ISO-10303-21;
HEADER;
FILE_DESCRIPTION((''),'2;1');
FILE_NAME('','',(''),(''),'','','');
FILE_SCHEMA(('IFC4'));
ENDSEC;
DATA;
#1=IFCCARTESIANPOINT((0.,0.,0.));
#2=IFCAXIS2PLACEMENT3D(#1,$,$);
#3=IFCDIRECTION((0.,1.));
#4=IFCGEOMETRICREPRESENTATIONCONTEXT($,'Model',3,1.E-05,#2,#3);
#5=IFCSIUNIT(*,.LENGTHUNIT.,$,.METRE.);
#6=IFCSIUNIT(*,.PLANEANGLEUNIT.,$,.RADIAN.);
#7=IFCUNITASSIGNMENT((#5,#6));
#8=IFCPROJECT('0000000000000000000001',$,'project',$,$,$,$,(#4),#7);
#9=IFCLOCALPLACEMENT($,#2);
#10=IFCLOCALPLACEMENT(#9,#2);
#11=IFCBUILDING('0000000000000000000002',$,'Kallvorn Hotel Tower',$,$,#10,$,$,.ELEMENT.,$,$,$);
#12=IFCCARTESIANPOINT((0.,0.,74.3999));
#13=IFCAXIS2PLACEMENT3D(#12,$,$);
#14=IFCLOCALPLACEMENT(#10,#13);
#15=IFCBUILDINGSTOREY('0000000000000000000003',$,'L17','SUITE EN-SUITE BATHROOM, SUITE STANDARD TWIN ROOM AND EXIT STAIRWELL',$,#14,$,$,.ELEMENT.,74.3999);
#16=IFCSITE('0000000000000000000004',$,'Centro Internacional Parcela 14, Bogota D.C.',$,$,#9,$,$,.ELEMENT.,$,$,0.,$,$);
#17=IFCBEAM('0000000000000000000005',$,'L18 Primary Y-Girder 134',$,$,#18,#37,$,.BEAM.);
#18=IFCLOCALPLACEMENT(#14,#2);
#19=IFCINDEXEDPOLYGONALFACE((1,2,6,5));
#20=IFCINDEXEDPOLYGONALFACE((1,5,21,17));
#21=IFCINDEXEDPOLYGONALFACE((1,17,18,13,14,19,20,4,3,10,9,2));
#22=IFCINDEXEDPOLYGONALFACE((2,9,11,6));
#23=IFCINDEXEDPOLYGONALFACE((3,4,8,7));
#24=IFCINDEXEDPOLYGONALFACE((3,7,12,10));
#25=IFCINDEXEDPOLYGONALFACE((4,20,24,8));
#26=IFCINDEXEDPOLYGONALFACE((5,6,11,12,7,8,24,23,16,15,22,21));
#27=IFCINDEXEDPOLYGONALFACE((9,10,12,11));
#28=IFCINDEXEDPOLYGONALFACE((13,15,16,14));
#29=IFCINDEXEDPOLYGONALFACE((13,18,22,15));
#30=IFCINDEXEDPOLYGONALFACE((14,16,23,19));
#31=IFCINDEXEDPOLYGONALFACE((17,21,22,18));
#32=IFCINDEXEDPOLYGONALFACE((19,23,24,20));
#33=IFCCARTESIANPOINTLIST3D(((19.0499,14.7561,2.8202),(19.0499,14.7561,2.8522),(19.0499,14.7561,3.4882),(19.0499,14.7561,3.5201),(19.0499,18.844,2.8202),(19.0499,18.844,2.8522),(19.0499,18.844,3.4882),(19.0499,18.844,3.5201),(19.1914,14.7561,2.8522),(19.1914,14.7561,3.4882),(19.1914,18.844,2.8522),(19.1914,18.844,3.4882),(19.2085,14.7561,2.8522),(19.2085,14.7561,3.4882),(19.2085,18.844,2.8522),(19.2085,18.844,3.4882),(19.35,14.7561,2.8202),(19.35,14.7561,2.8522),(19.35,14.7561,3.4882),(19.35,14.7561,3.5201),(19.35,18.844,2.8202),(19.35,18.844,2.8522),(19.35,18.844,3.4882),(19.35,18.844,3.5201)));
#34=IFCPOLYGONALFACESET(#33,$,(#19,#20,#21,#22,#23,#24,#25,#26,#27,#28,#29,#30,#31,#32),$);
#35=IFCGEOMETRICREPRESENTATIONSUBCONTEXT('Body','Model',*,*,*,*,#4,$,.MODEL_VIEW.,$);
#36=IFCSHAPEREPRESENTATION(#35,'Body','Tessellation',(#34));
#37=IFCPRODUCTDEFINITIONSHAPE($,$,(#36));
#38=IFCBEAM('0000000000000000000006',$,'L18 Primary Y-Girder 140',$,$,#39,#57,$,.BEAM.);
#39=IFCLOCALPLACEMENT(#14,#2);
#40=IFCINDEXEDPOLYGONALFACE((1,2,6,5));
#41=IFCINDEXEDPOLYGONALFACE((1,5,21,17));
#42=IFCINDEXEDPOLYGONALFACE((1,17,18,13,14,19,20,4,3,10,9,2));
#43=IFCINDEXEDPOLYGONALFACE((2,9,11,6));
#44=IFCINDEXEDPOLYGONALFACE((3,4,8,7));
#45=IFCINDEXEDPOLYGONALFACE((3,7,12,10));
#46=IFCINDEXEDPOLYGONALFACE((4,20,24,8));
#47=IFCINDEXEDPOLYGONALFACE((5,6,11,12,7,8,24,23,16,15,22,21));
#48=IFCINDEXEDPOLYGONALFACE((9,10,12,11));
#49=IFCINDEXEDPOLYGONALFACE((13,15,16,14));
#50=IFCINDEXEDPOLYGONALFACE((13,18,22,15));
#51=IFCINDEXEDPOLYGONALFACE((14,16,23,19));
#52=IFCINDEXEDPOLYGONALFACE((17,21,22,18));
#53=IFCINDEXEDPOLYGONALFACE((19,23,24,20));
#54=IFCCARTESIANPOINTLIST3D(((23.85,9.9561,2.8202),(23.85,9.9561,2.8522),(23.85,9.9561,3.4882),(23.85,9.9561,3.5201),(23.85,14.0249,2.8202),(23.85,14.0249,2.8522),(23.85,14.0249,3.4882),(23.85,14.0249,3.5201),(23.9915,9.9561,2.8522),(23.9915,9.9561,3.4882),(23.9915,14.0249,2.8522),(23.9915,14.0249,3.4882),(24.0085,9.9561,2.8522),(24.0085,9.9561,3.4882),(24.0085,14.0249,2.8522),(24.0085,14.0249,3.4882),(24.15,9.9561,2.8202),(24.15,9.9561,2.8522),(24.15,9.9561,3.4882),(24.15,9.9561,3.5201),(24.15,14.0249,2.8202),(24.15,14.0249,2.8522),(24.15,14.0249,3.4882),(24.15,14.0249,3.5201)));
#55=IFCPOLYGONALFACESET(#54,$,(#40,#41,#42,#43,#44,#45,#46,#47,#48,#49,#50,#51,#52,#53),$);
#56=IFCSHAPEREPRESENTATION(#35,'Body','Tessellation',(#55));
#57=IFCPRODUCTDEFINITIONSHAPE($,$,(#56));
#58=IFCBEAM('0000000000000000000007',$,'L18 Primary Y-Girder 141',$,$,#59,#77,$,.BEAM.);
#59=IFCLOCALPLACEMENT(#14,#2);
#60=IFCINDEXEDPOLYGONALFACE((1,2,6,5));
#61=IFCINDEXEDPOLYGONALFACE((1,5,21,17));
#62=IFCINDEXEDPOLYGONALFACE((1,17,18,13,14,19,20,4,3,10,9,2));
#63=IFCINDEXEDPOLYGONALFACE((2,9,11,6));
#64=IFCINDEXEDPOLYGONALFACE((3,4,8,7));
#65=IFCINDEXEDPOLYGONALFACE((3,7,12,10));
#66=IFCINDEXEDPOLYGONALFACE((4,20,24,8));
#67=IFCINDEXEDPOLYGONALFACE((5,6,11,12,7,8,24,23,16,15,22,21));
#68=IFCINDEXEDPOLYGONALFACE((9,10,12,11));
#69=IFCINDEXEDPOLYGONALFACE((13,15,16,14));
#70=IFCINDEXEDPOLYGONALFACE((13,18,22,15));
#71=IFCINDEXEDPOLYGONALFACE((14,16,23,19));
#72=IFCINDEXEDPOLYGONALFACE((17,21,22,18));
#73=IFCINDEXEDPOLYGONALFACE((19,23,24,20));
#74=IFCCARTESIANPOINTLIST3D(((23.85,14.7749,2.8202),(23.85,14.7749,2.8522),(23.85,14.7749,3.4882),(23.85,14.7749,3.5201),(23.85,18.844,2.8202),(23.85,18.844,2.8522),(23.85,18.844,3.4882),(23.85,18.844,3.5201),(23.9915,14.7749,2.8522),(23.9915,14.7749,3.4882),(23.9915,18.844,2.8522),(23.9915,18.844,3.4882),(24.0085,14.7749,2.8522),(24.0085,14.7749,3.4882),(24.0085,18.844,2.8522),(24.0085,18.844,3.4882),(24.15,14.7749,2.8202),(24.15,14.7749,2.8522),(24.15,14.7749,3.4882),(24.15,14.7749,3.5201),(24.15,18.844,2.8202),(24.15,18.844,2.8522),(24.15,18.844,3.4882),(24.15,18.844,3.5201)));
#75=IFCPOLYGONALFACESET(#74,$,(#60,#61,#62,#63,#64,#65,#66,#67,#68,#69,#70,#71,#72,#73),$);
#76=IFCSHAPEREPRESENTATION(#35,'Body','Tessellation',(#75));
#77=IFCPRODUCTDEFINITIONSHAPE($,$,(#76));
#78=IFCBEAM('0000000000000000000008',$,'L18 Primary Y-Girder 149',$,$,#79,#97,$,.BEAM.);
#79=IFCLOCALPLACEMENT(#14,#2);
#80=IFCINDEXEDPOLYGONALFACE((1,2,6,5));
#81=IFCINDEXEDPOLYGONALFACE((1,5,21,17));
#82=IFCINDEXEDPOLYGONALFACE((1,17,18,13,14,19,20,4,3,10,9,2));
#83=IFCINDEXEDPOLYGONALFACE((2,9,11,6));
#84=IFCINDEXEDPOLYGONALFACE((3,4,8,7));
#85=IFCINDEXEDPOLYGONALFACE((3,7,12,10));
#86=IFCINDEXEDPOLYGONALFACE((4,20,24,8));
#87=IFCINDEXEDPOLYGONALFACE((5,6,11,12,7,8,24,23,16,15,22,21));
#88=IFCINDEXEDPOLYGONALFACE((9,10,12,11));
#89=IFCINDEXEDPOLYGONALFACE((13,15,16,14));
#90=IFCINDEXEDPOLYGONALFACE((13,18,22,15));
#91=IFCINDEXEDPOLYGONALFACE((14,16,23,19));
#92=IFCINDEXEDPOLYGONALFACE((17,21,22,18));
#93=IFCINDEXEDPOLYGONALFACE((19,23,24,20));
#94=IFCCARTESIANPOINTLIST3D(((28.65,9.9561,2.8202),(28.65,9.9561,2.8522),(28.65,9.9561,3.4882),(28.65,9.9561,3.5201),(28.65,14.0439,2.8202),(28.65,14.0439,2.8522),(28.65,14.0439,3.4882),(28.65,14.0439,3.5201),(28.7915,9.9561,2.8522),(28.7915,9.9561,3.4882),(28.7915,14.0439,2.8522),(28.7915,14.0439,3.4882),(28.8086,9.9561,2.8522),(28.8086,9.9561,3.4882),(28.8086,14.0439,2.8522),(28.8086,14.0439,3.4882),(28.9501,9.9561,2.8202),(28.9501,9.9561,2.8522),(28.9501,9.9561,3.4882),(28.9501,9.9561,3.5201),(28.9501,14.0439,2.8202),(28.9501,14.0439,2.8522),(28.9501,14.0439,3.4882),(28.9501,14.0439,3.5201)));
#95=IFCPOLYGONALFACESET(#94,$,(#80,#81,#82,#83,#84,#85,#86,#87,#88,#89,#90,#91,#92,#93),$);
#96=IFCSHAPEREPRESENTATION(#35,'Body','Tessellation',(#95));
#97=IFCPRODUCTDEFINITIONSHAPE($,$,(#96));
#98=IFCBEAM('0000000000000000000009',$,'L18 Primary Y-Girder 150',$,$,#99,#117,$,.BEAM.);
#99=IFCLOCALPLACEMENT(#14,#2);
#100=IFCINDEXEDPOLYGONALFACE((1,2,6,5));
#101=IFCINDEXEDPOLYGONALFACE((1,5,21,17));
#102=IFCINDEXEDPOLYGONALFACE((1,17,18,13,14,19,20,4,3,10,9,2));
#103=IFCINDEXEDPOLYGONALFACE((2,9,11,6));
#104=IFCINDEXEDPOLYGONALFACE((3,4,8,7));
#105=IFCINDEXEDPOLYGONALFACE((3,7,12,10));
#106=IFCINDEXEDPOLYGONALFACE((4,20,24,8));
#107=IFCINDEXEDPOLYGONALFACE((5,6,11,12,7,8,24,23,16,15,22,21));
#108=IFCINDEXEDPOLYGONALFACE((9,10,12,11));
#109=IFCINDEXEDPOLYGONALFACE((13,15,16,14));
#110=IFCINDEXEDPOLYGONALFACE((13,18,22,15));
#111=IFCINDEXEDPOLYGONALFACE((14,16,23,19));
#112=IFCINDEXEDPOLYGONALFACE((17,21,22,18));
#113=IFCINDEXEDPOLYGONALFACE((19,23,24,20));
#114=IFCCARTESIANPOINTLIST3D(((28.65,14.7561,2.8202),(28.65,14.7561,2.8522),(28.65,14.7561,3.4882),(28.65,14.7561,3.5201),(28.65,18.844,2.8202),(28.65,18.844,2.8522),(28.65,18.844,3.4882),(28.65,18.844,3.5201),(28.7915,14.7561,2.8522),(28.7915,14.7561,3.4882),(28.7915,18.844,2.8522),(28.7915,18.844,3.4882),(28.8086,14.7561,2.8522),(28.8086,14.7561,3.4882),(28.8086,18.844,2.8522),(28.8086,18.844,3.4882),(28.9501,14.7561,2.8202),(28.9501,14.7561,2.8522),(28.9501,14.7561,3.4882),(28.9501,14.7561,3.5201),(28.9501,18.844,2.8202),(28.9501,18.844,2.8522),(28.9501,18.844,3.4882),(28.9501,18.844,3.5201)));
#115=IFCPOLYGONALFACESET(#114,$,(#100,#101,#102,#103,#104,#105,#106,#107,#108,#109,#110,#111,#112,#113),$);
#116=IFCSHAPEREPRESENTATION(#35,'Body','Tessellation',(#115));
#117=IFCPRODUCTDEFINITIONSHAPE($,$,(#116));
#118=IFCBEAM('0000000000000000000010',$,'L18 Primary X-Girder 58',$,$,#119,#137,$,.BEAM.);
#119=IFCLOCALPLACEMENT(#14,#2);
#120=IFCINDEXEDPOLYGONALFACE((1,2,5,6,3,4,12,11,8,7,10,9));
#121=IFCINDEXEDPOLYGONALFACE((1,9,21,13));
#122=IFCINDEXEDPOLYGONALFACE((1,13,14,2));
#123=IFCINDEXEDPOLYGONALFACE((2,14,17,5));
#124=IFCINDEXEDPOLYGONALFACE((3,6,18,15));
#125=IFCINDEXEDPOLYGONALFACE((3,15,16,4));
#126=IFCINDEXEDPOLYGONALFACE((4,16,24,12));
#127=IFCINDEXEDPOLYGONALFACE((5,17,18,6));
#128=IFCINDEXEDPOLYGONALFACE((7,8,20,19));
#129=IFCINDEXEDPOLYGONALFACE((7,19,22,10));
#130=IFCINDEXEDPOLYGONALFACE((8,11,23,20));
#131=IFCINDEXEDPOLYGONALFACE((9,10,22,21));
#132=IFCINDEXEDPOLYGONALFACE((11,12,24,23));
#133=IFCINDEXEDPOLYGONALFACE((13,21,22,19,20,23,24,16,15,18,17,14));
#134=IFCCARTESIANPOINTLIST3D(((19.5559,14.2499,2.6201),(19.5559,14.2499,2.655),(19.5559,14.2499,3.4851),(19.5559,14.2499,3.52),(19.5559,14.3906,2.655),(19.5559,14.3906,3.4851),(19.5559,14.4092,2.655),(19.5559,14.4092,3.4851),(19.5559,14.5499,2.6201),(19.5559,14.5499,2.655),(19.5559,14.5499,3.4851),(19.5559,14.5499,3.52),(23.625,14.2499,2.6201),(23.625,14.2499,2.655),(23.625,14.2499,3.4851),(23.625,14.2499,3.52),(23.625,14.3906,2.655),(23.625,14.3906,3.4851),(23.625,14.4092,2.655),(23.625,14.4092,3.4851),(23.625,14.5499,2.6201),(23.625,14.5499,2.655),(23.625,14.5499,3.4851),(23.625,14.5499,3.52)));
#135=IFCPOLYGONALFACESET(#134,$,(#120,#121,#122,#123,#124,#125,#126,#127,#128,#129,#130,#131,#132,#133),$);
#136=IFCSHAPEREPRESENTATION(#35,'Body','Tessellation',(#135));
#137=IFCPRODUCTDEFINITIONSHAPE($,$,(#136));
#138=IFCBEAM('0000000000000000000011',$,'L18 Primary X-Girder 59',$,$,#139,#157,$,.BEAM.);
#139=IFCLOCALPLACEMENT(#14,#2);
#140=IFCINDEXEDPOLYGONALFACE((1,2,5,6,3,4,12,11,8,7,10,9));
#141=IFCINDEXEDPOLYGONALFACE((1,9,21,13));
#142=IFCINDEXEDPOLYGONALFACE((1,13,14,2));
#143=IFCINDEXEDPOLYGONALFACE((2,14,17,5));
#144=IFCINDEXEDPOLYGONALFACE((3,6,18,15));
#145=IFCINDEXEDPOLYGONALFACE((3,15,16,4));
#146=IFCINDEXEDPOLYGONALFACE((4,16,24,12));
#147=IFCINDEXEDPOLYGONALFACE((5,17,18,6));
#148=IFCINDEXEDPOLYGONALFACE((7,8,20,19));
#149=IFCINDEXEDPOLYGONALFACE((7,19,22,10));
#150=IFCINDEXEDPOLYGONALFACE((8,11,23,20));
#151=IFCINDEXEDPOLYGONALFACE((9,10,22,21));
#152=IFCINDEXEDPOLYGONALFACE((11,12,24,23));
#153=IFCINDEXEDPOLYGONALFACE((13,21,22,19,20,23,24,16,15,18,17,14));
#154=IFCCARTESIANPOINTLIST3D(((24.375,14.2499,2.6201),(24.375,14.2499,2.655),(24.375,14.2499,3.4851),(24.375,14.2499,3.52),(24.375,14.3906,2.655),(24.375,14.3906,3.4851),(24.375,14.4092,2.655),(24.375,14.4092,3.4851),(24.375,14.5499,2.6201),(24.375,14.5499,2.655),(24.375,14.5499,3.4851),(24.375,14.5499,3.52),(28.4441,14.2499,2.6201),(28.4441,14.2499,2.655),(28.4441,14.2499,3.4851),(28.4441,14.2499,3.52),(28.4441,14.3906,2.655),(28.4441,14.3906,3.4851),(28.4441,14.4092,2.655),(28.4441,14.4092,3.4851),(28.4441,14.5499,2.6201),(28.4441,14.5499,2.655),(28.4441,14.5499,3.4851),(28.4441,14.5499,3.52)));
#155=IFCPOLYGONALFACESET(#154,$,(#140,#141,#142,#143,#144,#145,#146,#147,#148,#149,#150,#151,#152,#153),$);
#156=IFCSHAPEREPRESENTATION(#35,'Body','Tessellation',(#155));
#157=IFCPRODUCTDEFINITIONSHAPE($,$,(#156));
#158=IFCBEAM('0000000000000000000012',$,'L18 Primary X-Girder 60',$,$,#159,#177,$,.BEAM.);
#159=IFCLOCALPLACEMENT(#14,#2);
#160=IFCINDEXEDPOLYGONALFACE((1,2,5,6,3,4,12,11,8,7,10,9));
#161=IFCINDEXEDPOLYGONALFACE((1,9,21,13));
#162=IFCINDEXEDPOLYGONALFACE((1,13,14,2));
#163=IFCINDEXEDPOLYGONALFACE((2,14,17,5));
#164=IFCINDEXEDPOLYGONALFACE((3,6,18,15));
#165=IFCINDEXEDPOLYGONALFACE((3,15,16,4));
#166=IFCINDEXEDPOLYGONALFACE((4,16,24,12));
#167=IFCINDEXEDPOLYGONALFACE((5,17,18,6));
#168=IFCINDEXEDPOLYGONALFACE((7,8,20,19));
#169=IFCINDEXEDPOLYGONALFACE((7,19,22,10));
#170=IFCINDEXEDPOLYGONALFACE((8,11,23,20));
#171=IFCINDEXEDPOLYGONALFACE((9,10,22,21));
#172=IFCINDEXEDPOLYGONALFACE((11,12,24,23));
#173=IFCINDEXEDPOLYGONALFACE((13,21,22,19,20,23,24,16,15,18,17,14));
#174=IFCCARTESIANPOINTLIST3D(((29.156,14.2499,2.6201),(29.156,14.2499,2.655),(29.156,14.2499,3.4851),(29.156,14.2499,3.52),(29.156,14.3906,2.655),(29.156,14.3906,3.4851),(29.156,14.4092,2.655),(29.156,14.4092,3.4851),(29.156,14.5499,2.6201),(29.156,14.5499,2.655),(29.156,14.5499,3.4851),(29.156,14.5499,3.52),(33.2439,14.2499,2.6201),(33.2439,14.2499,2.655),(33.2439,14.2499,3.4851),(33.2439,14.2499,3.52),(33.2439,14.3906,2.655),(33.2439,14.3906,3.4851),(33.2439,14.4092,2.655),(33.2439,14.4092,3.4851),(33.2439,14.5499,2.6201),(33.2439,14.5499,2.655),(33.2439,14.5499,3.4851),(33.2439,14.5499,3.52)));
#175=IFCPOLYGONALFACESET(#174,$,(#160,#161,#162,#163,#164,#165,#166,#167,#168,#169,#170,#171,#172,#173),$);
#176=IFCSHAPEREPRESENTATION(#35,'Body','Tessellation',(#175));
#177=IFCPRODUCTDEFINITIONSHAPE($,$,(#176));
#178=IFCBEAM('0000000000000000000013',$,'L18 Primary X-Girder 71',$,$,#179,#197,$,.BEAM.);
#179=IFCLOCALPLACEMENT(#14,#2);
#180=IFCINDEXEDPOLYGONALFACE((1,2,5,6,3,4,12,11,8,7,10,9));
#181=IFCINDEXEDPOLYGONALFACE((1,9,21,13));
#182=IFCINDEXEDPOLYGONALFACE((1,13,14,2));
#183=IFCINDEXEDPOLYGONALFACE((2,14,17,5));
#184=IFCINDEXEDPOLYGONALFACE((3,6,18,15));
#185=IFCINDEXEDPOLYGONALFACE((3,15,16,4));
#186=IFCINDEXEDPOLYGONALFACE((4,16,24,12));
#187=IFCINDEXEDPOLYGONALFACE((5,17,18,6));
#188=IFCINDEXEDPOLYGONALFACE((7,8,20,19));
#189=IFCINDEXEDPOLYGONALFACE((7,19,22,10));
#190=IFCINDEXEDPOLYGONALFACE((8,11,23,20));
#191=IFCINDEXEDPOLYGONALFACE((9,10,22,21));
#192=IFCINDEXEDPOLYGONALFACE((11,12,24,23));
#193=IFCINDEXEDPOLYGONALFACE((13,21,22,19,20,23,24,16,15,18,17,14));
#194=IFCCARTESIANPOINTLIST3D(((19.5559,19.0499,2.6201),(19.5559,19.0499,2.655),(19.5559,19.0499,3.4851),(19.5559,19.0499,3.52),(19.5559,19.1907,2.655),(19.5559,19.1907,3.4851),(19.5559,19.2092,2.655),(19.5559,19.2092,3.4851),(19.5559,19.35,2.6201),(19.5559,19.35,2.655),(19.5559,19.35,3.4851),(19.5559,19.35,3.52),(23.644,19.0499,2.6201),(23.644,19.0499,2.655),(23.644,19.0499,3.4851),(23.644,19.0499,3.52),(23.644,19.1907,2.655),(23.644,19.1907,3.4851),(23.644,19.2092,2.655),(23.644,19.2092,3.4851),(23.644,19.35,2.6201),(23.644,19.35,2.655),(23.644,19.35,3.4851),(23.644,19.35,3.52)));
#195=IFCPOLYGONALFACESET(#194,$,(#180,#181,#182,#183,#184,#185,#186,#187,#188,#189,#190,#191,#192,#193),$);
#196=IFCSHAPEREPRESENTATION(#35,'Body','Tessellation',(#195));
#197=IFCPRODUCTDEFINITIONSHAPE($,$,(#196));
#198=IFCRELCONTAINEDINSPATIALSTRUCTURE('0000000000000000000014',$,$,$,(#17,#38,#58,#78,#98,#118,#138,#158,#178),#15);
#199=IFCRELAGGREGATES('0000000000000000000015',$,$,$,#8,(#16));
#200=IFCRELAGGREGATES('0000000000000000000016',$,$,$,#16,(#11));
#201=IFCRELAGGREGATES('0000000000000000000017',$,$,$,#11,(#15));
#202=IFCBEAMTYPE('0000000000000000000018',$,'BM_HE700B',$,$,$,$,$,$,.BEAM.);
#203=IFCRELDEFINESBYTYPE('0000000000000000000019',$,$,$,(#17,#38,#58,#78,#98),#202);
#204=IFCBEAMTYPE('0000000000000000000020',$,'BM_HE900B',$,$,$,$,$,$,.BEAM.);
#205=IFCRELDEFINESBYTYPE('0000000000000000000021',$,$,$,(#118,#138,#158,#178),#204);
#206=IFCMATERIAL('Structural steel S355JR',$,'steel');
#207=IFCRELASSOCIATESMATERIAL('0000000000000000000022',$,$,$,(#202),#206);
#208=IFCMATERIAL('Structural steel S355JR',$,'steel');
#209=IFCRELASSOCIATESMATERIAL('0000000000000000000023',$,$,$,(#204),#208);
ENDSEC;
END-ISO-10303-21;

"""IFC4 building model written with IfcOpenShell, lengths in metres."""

from ifc_helpers import new_model, si_unit, direction, frame, origin, origin_2d, place, context, subcontext, project, spatial, i_section, extrude, material, material_profile, profile_set, type_object, element, save


model = new_model("IFC4")

# Units and contexts
model_context = context("Model", 3, precision=1e-05, world=origin(), true_north=direction((0.0, 1.0)))
body_context = subcontext(model_context, "Body", "Model", "MODEL_VIEW")
ifc_project = project(units=[si_unit("LENGTHUNIT", "METRE"), si_unit("PLANEANGLEUNIT", "RADIAN")], contexts=[model_context])

# Site, building, storey
site_placement = place(None, origin())
site = spatial("IfcSite", under=ifc_project, at=site_placement, Name="Centro Internacional Parcela 14, Bogota D.C.", CompositionType="ELEMENT", RefElevation=0.0)
building_placement = place(site_placement, origin())
building = spatial("IfcBuilding", under=site, at=building_placement, Name="Kallvorn Hotel Tower", CompositionType="ELEMENT")
storey_placement = place(building_placement, frame((0.0, 0.0, 74.3999)))
storey = spatial("IfcBuildingStorey", under=building, at=storey_placement, Name="L17", Description="SUITE EN-SUITE BATHROOM, SUITE STANDARD TWIN ROOM AND EXIT STAIRWELL", CompositionType="ELEMENT", Elevation=74.3999)

# Beams
ifc_material_1 = material(Name="Structural steel S355JR", Category="steel")
ifc_material_profile_1 = material_profile(ifc_material_1, i_section(OverallWidth=0.3, OverallDepth=0.7, WebThickness=0.0171, FlangeThickness=0.032, at=origin_2d()), Name="HE 700 B")
ifc_profile_set_1 = profile_set([ifc_material_profile_1], Name="Structural steel S355JR")
beam_type_1 = type_object("IfcBeamType", Name="BM_HE700B", PredefinedType="BEAM", material=ifc_profile_set_1)
beam_1_placement = place(storey_placement, frame((19.2, 14.7561, 3.1702), z_axis=(0.0, 1.0, 0.0), x_axis=(-1.0, 0.0, 0.0)))
element("IfcBeam", 1, at=beam_1_placement, inside=storey, type_object=beam_type_1, Name="L18 Primary Y-Girder 134", PredefinedType="BEAM", context=body_context, shape_type="SweptSolid", body=[
    extrude(i_section(OverallWidth=0.3, OverallDepth=0.7, WebThickness=0.0171, FlangeThickness=0.032, at=origin_2d()), origin(), (0.0, 0.0, 1.0), 4.0879),
])
beam_2_placement = place(storey_placement, frame((24.0, 9.9561, 3.1702), z_axis=(0.0, 1.0, 0.0), x_axis=(-1.0, 0.0, 0.0)))
element("IfcBeam", 2, at=beam_2_placement, inside=storey, type_object=beam_type_1, Name="L18 Primary Y-Girder 140", PredefinedType="BEAM", context=body_context, shape_type="SweptSolid", body=[
    extrude(i_section(OverallWidth=0.3, OverallDepth=0.7, WebThickness=0.0171, FlangeThickness=0.032, at=origin_2d()), origin(), (0.0, 0.0, 1.0), 4.0688),
])
beam_3_placement = place(storey_placement, frame((24.0, 14.7749, 3.1702), z_axis=(0.0, 1.0, 0.0), x_axis=(-1.0, 0.0, 0.0)))
element("IfcBeam", 3, at=beam_3_placement, inside=storey, type_object=beam_type_1, Name="L18 Primary Y-Girder 141", PredefinedType="BEAM", context=body_context, shape_type="SweptSolid", body=[
    extrude(i_section(OverallWidth=0.3, OverallDepth=0.7, WebThickness=0.0171, FlangeThickness=0.032, at=origin_2d()), origin(), (0.0, 0.0, 1.0), 4.0691),
])
for number, where, z_axis, x_axis, name in (
    (4, (28.8, 9.9561, 3.1702), (0.0, 1.0, 0.0), (-1.0, 0.0, 0.0), "L18 Primary Y-Girder 149"),
    (5, (28.8, 14.7561, 3.1702), (0.0, 1.0, 0.0), (-1.0, 0.0, 0.0), "L18 Primary Y-Girder 150"),
):
    element("IfcBeam", number, at=place(storey_placement, frame(where, z_axis=z_axis, x_axis=x_axis)), inside=storey, type_object=beam_type_1, Name=name, PredefinedType="BEAM", context=body_context, shape_type="SweptSolid", body=[
        extrude(i_section(OverallWidth=0.3, OverallDepth=0.7, WebThickness=0.0171, FlangeThickness=0.032, at=origin_2d()), origin(), (0.0, 0.0, 1.0), 4.0879),
    ])
ifc_material_2 = material(Name="Structural steel S355JR", Category="steel")
ifc_material_profile_2 = material_profile(ifc_material_2, i_section(OverallWidth=0.3, OverallDepth=0.8999, WebThickness=0.0186, FlangeThickness=0.0349, at=origin_2d()), Name="HE 900 B")
ifc_profile_set_2 = profile_set([ifc_material_profile_2], Name="Structural steel S355JR")
beam_type_2 = type_object("IfcBeamType", Name="BM_HE900B", PredefinedType="BEAM", material=ifc_profile_set_2)
for number, where, z_axis, x_axis, name in (
    (6, (19.5559, 14.3999, 3.0701), (1.0, 0.0, 0.0), (0.0, 1.0, 0.0), "L18 Primary X-Girder 58"),
    (7, (24.375, 14.3999, 3.0701), (1.0, 0.0, 0.0), (0.0, 1.0, 0.0), "L18 Primary X-Girder 59"),
):
    element("IfcBeam", number, at=place(storey_placement, frame(where, z_axis=z_axis, x_axis=x_axis)), inside=storey, type_object=beam_type_2, Name=name, PredefinedType="BEAM", context=body_context, shape_type="SweptSolid", body=[
        extrude(i_section(OverallWidth=0.3, OverallDepth=0.8999, WebThickness=0.0186, FlangeThickness=0.0349, at=origin_2d()), origin(), (0.0, 0.0, 1.0), 4.0691),
    ])
beam_4_placement = place(storey_placement, frame((29.156, 14.3999, 3.0701), z_axis=(1.0, 0.0, 0.0), x_axis=(0.0, 1.0, 0.0)))
element("IfcBeam", 8, at=beam_4_placement, inside=storey, type_object=beam_type_2, Name="L18 Primary X-Girder 60", PredefinedType="BEAM", context=body_context, shape_type="SweptSolid", body=[
    extrude(i_section(OverallWidth=0.3, OverallDepth=0.8999, WebThickness=0.0186, FlangeThickness=0.0349, at=origin_2d()), origin(), (0.0, 0.0, 1.0), 4.0879),
])
for number, where, z_axis, x_axis, name in (
    (9, (19.5559, 19.2, 3.0701), (1.0, 0.0, 0.0), (0.0, 1.0, 0.0), "L18 Primary X-Girder 71"),
):
    element("IfcBeam", number, at=place(storey_placement, frame(where, z_axis=z_axis, x_axis=x_axis)), inside=storey, type_object=beam_type_2, Name=name, PredefinedType="BEAM", context=body_context, shape_type="SweptSolid", body=[
        extrude(i_section(OverallWidth=0.3, OverallDepth=0.8999, WebThickness=0.0186, FlangeThickness=0.0349, at=origin_2d()), origin(), (0.0, 0.0, 1.0), 4.0881),
    ])

save(model, "model.ifc")
